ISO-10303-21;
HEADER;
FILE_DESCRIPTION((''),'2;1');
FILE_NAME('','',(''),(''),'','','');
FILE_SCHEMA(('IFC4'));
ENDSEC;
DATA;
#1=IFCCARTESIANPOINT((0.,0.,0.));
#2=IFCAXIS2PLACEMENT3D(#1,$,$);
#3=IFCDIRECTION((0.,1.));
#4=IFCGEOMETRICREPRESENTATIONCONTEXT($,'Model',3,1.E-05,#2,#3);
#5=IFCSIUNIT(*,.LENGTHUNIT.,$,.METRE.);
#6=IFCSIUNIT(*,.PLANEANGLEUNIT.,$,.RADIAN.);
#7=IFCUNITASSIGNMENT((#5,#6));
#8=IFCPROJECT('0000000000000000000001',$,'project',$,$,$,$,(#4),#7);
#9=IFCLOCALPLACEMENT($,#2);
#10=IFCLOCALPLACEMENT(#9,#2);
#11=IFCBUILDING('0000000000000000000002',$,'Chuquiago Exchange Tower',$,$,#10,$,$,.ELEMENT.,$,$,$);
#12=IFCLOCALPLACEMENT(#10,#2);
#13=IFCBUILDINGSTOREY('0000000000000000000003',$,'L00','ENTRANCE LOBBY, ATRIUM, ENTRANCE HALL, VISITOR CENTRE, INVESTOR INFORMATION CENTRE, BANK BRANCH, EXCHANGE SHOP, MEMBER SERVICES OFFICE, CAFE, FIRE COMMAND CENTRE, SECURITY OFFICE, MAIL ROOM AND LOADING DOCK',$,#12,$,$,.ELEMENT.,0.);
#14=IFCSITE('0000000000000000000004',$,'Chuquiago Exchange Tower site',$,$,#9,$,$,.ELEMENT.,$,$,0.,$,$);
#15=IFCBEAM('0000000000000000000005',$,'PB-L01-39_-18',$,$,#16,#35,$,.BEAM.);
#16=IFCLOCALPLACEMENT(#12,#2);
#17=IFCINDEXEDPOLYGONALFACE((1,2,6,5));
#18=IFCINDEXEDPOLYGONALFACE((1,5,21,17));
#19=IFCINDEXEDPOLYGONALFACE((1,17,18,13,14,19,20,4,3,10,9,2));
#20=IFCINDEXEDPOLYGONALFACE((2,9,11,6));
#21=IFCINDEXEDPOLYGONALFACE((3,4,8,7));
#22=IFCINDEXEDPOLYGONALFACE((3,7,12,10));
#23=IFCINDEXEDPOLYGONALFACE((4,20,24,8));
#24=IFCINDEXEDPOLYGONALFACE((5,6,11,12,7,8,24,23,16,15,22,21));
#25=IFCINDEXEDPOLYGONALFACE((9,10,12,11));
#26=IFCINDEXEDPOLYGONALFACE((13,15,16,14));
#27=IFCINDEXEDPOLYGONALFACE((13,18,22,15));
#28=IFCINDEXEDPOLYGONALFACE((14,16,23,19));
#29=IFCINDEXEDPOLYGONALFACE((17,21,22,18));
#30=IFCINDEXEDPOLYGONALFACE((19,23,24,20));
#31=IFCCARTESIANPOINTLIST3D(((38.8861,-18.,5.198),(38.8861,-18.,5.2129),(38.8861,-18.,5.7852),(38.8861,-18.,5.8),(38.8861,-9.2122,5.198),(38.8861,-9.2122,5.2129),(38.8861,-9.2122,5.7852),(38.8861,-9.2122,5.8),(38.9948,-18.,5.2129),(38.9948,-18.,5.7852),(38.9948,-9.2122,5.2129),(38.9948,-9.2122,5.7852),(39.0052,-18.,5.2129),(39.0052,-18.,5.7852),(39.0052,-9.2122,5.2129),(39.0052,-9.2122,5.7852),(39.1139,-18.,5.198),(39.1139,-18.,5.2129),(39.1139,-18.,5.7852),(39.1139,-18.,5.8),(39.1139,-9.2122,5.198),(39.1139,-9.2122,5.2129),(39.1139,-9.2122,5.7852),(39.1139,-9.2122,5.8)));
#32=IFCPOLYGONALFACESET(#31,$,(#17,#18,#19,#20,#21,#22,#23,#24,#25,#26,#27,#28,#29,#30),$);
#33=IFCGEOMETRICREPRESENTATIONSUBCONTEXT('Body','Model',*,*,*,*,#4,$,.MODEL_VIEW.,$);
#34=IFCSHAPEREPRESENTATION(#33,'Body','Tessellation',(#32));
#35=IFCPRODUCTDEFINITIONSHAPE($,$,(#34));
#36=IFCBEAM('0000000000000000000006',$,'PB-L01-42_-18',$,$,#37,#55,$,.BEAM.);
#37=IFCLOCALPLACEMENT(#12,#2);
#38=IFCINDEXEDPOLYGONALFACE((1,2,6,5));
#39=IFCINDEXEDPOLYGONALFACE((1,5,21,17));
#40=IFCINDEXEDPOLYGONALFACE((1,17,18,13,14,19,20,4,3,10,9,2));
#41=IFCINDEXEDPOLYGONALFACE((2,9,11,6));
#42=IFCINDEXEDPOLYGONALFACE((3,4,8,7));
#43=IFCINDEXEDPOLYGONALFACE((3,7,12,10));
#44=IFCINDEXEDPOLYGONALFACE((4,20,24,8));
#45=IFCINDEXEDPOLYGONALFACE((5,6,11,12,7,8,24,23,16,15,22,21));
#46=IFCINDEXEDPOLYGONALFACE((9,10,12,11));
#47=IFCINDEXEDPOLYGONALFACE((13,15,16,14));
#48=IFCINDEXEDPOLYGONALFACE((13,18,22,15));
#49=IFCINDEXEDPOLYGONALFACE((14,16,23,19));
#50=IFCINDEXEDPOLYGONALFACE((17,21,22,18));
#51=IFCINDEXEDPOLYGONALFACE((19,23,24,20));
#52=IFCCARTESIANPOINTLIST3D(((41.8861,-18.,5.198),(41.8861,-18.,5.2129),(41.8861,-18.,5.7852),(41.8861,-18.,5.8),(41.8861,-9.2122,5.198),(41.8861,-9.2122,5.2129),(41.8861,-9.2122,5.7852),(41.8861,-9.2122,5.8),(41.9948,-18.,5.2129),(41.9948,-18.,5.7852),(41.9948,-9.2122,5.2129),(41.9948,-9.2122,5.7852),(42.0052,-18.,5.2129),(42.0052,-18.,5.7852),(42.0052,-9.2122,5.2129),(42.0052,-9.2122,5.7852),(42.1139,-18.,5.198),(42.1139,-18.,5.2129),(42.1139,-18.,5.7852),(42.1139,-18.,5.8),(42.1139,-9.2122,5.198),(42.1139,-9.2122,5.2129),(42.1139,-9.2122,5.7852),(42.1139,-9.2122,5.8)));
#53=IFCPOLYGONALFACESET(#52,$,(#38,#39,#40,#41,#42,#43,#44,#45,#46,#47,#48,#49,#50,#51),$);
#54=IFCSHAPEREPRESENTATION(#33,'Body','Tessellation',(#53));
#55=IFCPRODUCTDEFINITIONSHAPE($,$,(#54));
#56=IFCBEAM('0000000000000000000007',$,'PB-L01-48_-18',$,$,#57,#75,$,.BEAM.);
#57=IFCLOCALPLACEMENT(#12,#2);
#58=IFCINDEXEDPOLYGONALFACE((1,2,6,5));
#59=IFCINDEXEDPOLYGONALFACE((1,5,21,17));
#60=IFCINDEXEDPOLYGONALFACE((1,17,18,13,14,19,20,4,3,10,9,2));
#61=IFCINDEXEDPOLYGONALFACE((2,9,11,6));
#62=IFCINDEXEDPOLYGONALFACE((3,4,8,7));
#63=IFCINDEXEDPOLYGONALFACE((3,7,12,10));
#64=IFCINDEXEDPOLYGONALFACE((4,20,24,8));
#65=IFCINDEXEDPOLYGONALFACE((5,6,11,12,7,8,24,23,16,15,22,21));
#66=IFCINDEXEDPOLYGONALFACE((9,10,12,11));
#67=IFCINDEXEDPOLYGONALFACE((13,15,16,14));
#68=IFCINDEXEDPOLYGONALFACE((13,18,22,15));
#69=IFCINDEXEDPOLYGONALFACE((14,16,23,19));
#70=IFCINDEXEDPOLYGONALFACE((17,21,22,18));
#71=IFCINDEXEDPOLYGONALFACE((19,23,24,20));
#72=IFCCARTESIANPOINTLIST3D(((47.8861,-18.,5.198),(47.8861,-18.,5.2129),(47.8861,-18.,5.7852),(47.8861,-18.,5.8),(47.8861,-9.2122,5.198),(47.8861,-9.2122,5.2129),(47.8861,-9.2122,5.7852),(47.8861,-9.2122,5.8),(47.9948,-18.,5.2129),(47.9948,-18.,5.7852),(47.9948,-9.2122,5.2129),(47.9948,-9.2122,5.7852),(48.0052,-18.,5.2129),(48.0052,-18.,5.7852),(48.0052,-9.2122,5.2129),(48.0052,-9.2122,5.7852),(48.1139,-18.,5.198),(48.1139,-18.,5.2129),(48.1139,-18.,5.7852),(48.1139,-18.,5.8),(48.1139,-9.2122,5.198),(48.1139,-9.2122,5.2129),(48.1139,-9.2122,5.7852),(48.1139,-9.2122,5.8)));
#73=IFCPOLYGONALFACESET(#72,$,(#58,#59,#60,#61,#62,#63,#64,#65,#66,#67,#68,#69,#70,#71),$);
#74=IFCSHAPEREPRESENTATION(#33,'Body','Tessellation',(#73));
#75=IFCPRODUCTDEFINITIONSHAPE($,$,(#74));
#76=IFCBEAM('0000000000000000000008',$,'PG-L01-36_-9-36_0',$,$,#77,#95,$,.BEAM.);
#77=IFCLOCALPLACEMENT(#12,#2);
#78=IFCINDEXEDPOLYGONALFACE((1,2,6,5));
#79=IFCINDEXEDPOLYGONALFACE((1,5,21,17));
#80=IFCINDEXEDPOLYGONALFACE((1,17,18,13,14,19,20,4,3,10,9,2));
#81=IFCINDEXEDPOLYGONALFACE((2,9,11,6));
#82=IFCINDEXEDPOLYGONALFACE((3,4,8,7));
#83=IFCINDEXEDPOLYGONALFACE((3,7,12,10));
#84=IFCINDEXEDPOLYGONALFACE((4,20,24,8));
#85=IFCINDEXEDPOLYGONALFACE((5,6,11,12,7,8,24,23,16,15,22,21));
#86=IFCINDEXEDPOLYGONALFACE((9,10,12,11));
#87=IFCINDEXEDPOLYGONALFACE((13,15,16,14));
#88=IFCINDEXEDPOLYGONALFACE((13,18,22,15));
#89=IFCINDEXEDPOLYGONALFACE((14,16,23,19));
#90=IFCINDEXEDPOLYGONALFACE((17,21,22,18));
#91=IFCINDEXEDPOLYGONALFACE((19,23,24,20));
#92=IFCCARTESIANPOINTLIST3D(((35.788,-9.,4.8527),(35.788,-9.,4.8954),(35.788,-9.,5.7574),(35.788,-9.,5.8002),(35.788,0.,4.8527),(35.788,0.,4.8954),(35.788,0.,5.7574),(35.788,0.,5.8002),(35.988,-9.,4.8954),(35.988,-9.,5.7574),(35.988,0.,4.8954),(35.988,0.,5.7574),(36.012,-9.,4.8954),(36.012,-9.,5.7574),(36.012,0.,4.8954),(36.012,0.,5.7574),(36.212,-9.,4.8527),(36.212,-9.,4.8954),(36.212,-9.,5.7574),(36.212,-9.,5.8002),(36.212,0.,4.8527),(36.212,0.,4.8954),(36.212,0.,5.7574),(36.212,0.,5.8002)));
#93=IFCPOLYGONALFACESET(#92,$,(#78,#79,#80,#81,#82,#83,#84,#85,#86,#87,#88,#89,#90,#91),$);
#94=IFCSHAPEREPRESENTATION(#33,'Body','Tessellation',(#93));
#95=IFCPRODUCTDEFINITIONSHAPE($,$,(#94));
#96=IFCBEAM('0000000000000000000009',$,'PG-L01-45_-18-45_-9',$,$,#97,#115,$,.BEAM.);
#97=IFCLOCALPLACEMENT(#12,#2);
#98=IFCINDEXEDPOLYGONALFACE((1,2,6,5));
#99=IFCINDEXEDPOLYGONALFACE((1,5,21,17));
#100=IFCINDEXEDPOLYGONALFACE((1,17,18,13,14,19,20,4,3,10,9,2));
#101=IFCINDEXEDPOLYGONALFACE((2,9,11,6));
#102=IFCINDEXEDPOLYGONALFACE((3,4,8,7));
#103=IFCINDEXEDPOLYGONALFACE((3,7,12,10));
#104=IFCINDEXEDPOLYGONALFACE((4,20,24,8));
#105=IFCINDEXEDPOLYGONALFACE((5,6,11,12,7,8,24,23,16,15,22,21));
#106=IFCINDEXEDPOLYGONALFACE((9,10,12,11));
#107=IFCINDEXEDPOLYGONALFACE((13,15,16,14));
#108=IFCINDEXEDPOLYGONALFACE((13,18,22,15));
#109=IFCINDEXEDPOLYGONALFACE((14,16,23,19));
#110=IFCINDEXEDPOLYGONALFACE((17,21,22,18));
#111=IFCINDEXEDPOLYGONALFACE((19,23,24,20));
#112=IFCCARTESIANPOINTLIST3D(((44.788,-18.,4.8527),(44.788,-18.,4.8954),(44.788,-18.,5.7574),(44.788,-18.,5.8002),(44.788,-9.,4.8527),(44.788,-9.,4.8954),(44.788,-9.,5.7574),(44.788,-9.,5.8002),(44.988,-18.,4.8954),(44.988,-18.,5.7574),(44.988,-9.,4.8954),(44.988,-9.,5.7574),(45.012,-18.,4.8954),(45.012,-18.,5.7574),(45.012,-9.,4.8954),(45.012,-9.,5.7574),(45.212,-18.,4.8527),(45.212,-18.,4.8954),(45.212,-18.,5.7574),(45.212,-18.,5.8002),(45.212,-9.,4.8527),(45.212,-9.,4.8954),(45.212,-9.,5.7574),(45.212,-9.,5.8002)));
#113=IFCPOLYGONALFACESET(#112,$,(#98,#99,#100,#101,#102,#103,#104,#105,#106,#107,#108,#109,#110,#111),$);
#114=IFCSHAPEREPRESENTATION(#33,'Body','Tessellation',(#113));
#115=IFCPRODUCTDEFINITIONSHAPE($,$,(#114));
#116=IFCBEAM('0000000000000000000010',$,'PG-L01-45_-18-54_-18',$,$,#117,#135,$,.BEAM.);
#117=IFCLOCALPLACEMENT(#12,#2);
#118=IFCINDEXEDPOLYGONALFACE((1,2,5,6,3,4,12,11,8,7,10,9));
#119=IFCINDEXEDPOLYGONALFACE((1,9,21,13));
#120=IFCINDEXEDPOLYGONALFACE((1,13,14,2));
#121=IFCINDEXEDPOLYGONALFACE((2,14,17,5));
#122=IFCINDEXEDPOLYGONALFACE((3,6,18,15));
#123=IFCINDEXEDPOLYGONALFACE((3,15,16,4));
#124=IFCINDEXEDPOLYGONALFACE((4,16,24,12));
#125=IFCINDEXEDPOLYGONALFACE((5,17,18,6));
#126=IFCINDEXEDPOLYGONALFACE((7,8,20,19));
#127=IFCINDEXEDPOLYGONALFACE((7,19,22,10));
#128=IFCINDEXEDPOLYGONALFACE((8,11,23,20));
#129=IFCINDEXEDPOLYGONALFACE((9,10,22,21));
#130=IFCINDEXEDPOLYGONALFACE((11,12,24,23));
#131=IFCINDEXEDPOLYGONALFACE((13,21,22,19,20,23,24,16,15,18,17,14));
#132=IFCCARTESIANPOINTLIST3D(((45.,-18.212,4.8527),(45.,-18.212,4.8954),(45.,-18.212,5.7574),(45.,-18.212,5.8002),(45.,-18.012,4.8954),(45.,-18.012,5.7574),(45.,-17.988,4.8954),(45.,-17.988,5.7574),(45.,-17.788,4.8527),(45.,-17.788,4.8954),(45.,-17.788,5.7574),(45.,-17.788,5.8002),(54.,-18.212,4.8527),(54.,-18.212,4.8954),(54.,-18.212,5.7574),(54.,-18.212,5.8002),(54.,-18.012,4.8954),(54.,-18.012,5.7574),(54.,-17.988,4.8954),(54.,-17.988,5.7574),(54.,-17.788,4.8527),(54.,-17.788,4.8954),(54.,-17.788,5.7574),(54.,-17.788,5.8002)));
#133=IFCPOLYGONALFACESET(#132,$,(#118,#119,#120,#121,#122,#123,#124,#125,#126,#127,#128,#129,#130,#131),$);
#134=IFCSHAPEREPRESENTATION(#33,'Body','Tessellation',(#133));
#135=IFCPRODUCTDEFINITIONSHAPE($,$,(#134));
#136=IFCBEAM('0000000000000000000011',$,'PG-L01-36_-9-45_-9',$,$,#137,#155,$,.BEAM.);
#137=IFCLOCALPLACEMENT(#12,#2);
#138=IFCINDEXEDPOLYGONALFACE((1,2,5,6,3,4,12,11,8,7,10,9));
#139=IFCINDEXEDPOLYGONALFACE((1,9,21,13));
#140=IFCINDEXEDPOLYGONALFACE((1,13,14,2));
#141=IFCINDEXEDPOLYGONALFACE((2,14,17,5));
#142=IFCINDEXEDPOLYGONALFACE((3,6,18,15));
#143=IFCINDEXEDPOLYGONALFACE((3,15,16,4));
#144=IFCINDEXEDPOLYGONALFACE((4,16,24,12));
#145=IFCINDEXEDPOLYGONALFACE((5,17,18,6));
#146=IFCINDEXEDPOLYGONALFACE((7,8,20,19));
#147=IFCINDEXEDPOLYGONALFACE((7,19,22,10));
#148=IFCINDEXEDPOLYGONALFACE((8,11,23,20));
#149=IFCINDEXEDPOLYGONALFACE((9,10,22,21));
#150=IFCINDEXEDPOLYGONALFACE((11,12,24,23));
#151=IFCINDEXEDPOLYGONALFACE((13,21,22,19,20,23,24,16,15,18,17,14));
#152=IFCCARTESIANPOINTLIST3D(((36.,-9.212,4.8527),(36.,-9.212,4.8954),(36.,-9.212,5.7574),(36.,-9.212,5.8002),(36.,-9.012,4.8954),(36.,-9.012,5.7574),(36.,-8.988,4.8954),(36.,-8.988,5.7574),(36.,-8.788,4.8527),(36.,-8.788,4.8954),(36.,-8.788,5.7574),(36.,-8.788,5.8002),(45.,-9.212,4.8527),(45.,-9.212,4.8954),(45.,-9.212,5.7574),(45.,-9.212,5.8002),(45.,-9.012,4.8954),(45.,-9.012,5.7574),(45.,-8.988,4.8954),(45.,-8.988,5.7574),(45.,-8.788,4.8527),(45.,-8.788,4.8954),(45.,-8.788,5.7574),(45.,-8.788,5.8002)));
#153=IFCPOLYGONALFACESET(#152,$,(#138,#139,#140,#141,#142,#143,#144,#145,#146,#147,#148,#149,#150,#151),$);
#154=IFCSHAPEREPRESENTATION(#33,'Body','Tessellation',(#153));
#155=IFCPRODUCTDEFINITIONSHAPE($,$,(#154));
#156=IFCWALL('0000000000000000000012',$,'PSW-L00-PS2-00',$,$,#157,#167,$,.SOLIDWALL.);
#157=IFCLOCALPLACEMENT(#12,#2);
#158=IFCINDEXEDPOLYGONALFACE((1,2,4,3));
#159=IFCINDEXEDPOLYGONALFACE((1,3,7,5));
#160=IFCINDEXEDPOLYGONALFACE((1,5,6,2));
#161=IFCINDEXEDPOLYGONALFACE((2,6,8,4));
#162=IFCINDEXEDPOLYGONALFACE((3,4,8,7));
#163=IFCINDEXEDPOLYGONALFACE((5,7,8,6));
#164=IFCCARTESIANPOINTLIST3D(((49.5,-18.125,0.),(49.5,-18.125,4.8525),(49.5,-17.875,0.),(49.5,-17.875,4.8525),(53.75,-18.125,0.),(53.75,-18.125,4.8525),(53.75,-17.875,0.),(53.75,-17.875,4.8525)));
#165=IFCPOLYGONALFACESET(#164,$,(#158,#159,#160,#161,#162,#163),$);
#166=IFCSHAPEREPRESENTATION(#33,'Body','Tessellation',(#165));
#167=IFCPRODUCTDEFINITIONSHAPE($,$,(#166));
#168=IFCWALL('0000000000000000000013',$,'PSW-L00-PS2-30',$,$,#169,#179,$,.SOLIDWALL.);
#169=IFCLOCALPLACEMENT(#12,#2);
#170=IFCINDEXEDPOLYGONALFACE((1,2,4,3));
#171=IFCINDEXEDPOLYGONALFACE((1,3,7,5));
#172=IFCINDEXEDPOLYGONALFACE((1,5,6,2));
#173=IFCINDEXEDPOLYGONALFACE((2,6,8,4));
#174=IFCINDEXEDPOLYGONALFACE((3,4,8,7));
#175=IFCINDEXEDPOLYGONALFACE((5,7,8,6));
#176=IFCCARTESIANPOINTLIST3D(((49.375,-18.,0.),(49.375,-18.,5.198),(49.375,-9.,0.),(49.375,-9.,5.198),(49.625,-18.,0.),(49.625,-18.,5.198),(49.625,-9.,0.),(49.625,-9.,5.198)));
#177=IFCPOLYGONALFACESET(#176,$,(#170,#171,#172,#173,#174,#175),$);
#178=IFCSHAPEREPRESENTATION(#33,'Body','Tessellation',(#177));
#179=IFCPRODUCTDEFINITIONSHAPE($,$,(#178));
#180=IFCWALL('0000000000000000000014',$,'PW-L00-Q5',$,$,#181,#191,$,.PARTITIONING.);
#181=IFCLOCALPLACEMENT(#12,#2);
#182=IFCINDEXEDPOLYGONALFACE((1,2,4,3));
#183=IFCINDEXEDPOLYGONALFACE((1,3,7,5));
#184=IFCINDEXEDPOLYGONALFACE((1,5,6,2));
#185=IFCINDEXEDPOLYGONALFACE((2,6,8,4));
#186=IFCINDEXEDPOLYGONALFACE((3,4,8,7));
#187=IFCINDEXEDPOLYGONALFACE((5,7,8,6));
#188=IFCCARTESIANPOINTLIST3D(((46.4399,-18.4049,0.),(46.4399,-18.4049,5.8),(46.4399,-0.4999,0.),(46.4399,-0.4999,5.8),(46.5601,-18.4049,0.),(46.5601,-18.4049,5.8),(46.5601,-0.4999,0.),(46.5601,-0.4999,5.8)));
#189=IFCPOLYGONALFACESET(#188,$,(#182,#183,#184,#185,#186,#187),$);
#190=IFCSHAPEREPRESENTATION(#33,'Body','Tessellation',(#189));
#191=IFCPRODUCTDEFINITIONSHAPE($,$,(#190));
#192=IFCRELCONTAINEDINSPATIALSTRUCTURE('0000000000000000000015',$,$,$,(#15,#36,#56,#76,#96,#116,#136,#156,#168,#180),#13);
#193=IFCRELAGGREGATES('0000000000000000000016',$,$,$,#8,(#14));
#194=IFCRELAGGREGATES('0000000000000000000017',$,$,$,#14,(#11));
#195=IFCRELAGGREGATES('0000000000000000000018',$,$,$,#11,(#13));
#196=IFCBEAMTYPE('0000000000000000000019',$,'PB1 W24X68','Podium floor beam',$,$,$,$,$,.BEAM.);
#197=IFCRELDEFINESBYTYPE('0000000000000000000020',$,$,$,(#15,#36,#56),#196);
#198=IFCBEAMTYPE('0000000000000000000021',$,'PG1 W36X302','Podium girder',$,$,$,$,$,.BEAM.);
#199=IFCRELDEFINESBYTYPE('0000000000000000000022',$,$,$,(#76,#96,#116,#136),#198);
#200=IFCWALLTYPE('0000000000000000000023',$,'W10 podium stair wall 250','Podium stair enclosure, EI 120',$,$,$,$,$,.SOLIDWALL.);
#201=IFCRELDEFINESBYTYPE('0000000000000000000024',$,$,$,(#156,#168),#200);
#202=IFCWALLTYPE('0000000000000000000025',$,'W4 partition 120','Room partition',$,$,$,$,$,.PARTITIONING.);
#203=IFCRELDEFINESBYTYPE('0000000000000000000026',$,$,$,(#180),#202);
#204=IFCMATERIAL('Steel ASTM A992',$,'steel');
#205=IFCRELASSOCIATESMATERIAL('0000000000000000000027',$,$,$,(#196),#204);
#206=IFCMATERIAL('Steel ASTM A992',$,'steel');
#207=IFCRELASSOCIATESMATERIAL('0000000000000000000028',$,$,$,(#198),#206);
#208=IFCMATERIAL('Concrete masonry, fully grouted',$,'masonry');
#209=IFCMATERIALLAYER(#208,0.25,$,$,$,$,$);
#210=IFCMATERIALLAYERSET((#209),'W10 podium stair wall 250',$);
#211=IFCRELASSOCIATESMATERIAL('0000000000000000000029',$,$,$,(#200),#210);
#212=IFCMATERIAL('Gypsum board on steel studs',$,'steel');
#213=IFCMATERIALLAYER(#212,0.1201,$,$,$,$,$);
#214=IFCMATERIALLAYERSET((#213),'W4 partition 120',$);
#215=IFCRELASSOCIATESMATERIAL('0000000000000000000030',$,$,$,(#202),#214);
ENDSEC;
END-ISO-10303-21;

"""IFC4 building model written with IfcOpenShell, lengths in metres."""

from ifc_helpers import new_model, si_unit, direction, frame, frame_2d, origin, origin_2d, place, context, subcontext, project, spatial, rectangle, i_section, extrude, material, layer, layer_set, material_profile, profile_set, type_object, element, save


model = new_model("IFC4")

# Units and contexts
model_context = context("Model", 3, precision=1e-05, world=origin(), true_north=direction((0.0, 1.0)))
body_context = subcontext(model_context, "Body", "Model", "MODEL_VIEW")
ifc_project = project(units=[si_unit("LENGTHUNIT", "METRE"), si_unit("PLANEANGLEUNIT", "RADIAN")], contexts=[model_context])

# Site, building, storey
site_placement = place(None, origin())
site = spatial("IfcSite", under=ifc_project, at=site_placement, Name="Chuquiago Exchange Tower site", CompositionType="ELEMENT", RefElevation=0.0)
building_placement = place(site_placement, origin())
building = spatial("IfcBuilding", under=site, at=building_placement, Name="Chuquiago Exchange Tower", CompositionType="ELEMENT")
storey_placement = place(building_placement, origin())
storey = spatial("IfcBuildingStorey", under=building, at=storey_placement, Name="L00", Description="ENTRANCE LOBBY, ATRIUM, ENTRANCE HALL, VISITOR CENTRE, INVESTOR INFORMATION CENTRE, BANK BRANCH, EXCHANGE SHOP, MEMBER SERVICES OFFICE, CAFE, FIRE COMMAND CENTRE, SECURITY OFFICE, MAIL ROOM AND LOADING DOCK", CompositionType="ELEMENT", Elevation=0.0)

# Beams
ifc_material_1 = material(Name="Steel ASTM A992", Category="steel")
ifc_material_profile_1 = material_profile(ifc_material_1, i_section(OverallWidth=0.2278, OverallDepth=0.6021, WebThickness=0.0105, FlangeThickness=0.0149, at=origin_2d()), Name="W24X68")
ifc_profile_set_1 = profile_set([ifc_material_profile_1], Name="Steel ASTM A992")
beam_type_1 = type_object("IfcBeamType", Name="PB1 W24X68", Description="Podium floor beam", PredefinedType="BEAM", material=ifc_profile_set_1)
for number, where, z_axis, x_axis, name in (
    (1, (39.0, -18.0, 5.499), (0.0, 1.0, 0.0), (-1.0, 0.0, 0.0), "PB-L01-39_-18"),
    (2, (42.0, -18.0, 5.499), (0.0, 1.0, 0.0), (-1.0, 0.0, 0.0), "PB-L01-42_-18"),
    (3, (48.0, -18.0, 5.499), (0.0, 1.0, 0.0), (-1.0, 0.0, 0.0), "PB-L01-48_-18"),
):
    element("IfcBeam", number, at=place(storey_placement, frame(where, z_axis=z_axis, x_axis=x_axis)), inside=storey, type_object=beam_type_1, Name=name, PredefinedType="BEAM", context=body_context, shape_type="SweptSolid", body=[
        extrude(i_section(OverallWidth=0.2278, OverallDepth=0.6021, WebThickness=0.0105, FlangeThickness=0.0149, at=origin_2d()), origin(), (0.0, 0.0, 1.0), 8.7878),
    ])
ifc_material_2 = material(Name="Steel ASTM A992", Category="steel")
ifc_material_profile_2 = material_profile(ifc_material_2, i_section(OverallWidth=0.4241, OverallDepth=0.9475, WebThickness=0.0239, FlangeThickness=0.0427, at=origin_2d()), Name="W36X302")
ifc_profile_set_2 = profile_set([ifc_material_profile_2], Name="Steel ASTM A992")
beam_type_2 = type_object("IfcBeamType", Name="PG1 W36X302", Description="Podium girder", PredefinedType="BEAM", material=ifc_profile_set_2)
for number, where, z_axis, x_axis, name in (
    (4, (36.0, -9.0, 5.3264), (0.0, 1.0, 0.0), (-1.0, 0.0, 0.0), "PG-L01-36_-9-36_0"),
    (5, (45.0, -18.0, 5.3264), (0.0, 1.0, 0.0), (-1.0, 0.0, 0.0), "PG-L01-45_-18-45_-9"),
    (6, (45.0, -18.0, 5.3264), (1.0, 0.0, 0.0), (0.0, 1.0, 0.0), "PG-L01-45_-18-54_-18"),
    (7, (36.0, -9.0, 5.3264), (1.0, 0.0, 0.0), (0.0, 1.0, 0.0), "PG-L01-36_-9-45_-9"),
):
    element("IfcBeam", number, at=place(storey_placement, frame(where, z_axis=z_axis, x_axis=x_axis)), inside=storey, type_object=beam_type_2, Name=name, PredefinedType="BEAM", context=body_context, shape_type="SweptSolid", body=[
        extrude(i_section(OverallWidth=0.4241, OverallDepth=0.9475, WebThickness=0.0239, FlangeThickness=0.0427, at=origin_2d()), origin(), (0.0, 0.0, 1.0), 9.0),
    ])

# Walls
ifc_material_3 = material(Name="Concrete masonry, fully grouted", Category="masonry")
ifc_layer_1 = layer(ifc_material_3, 0.25)
ifc_layer_set_1 = layer_set([ifc_layer_1], Name="W10 podium stair wall 250")
wall_type_1 = type_object("IfcWallType", Name="W10 podium stair wall 250", Description="Podium stair enclosure, EI 120", PredefinedType="SOLIDWALL", material=ifc_layer_set_1)
wall_1_placement = place(storey_placement, frame((49.5, -18.0, 0.0), z_axis=(0.0, 0.0, 1.0), x_axis=(1.0, 0.0, 0.0)))
element("IfcWall", 8, at=wall_1_placement, inside=storey, type_object=wall_type_1, Name="PSW-L00-PS2-00", PredefinedType="SOLIDWALL", context=body_context, shape_type="SweptSolid", body=[
    extrude(rectangle(XDim=4.25, YDim=0.25, at=frame_2d((2.125, 0.0))), origin(), (0.0, 0.0, 1.0), 4.8525),
])
wall_2_placement = place(storey_placement, frame((49.5, -18.0, 0.0), z_axis=(0.0, 0.0, 1.0), x_axis=(0.0, 1.0, 0.0)))
element("IfcWall", 9, at=wall_2_placement, inside=storey, type_object=wall_type_1, Name="PSW-L00-PS2-30", PredefinedType="SOLIDWALL", context=body_context, shape_type="SweptSolid", body=[
    extrude(rectangle(XDim=9.0, YDim=0.25, at=frame_2d((4.5, 0.0))), origin(), (0.0, 0.0, 1.0), 5.198),
])
ifc_material_4 = material(Name="Gypsum board on steel studs", Category="steel")
ifc_layer_2 = layer(ifc_material_4, 0.1201)
ifc_layer_set_2 = layer_set([ifc_layer_2], Name="W4 partition 120")
wall_type_2 = type_object("IfcWallType", Name="W4 partition 120", Description="Room partition", PredefinedType="PARTITIONING", material=ifc_layer_set_2)
wall_3_placement = place(storey_placement, frame((46.5, -18.405, 0.0), z_axis=(0.0, 0.0, 1.0), x_axis=(0.0, 1.0, 0.0)))
element("IfcWall", 10, at=wall_3_placement, inside=storey, type_object=wall_type_2, Name="PW-L00-Q5", PredefinedType="PARTITIONING", context=body_context, shape_type="SweptSolid", body=[
    extrude(rectangle(XDim=17.905, YDim=0.1201, at=frame_2d((8.9526, 0.0))), origin(), (0.0, 0.0, 1.0), 5.8),
])

save(model, "model.ifc")
